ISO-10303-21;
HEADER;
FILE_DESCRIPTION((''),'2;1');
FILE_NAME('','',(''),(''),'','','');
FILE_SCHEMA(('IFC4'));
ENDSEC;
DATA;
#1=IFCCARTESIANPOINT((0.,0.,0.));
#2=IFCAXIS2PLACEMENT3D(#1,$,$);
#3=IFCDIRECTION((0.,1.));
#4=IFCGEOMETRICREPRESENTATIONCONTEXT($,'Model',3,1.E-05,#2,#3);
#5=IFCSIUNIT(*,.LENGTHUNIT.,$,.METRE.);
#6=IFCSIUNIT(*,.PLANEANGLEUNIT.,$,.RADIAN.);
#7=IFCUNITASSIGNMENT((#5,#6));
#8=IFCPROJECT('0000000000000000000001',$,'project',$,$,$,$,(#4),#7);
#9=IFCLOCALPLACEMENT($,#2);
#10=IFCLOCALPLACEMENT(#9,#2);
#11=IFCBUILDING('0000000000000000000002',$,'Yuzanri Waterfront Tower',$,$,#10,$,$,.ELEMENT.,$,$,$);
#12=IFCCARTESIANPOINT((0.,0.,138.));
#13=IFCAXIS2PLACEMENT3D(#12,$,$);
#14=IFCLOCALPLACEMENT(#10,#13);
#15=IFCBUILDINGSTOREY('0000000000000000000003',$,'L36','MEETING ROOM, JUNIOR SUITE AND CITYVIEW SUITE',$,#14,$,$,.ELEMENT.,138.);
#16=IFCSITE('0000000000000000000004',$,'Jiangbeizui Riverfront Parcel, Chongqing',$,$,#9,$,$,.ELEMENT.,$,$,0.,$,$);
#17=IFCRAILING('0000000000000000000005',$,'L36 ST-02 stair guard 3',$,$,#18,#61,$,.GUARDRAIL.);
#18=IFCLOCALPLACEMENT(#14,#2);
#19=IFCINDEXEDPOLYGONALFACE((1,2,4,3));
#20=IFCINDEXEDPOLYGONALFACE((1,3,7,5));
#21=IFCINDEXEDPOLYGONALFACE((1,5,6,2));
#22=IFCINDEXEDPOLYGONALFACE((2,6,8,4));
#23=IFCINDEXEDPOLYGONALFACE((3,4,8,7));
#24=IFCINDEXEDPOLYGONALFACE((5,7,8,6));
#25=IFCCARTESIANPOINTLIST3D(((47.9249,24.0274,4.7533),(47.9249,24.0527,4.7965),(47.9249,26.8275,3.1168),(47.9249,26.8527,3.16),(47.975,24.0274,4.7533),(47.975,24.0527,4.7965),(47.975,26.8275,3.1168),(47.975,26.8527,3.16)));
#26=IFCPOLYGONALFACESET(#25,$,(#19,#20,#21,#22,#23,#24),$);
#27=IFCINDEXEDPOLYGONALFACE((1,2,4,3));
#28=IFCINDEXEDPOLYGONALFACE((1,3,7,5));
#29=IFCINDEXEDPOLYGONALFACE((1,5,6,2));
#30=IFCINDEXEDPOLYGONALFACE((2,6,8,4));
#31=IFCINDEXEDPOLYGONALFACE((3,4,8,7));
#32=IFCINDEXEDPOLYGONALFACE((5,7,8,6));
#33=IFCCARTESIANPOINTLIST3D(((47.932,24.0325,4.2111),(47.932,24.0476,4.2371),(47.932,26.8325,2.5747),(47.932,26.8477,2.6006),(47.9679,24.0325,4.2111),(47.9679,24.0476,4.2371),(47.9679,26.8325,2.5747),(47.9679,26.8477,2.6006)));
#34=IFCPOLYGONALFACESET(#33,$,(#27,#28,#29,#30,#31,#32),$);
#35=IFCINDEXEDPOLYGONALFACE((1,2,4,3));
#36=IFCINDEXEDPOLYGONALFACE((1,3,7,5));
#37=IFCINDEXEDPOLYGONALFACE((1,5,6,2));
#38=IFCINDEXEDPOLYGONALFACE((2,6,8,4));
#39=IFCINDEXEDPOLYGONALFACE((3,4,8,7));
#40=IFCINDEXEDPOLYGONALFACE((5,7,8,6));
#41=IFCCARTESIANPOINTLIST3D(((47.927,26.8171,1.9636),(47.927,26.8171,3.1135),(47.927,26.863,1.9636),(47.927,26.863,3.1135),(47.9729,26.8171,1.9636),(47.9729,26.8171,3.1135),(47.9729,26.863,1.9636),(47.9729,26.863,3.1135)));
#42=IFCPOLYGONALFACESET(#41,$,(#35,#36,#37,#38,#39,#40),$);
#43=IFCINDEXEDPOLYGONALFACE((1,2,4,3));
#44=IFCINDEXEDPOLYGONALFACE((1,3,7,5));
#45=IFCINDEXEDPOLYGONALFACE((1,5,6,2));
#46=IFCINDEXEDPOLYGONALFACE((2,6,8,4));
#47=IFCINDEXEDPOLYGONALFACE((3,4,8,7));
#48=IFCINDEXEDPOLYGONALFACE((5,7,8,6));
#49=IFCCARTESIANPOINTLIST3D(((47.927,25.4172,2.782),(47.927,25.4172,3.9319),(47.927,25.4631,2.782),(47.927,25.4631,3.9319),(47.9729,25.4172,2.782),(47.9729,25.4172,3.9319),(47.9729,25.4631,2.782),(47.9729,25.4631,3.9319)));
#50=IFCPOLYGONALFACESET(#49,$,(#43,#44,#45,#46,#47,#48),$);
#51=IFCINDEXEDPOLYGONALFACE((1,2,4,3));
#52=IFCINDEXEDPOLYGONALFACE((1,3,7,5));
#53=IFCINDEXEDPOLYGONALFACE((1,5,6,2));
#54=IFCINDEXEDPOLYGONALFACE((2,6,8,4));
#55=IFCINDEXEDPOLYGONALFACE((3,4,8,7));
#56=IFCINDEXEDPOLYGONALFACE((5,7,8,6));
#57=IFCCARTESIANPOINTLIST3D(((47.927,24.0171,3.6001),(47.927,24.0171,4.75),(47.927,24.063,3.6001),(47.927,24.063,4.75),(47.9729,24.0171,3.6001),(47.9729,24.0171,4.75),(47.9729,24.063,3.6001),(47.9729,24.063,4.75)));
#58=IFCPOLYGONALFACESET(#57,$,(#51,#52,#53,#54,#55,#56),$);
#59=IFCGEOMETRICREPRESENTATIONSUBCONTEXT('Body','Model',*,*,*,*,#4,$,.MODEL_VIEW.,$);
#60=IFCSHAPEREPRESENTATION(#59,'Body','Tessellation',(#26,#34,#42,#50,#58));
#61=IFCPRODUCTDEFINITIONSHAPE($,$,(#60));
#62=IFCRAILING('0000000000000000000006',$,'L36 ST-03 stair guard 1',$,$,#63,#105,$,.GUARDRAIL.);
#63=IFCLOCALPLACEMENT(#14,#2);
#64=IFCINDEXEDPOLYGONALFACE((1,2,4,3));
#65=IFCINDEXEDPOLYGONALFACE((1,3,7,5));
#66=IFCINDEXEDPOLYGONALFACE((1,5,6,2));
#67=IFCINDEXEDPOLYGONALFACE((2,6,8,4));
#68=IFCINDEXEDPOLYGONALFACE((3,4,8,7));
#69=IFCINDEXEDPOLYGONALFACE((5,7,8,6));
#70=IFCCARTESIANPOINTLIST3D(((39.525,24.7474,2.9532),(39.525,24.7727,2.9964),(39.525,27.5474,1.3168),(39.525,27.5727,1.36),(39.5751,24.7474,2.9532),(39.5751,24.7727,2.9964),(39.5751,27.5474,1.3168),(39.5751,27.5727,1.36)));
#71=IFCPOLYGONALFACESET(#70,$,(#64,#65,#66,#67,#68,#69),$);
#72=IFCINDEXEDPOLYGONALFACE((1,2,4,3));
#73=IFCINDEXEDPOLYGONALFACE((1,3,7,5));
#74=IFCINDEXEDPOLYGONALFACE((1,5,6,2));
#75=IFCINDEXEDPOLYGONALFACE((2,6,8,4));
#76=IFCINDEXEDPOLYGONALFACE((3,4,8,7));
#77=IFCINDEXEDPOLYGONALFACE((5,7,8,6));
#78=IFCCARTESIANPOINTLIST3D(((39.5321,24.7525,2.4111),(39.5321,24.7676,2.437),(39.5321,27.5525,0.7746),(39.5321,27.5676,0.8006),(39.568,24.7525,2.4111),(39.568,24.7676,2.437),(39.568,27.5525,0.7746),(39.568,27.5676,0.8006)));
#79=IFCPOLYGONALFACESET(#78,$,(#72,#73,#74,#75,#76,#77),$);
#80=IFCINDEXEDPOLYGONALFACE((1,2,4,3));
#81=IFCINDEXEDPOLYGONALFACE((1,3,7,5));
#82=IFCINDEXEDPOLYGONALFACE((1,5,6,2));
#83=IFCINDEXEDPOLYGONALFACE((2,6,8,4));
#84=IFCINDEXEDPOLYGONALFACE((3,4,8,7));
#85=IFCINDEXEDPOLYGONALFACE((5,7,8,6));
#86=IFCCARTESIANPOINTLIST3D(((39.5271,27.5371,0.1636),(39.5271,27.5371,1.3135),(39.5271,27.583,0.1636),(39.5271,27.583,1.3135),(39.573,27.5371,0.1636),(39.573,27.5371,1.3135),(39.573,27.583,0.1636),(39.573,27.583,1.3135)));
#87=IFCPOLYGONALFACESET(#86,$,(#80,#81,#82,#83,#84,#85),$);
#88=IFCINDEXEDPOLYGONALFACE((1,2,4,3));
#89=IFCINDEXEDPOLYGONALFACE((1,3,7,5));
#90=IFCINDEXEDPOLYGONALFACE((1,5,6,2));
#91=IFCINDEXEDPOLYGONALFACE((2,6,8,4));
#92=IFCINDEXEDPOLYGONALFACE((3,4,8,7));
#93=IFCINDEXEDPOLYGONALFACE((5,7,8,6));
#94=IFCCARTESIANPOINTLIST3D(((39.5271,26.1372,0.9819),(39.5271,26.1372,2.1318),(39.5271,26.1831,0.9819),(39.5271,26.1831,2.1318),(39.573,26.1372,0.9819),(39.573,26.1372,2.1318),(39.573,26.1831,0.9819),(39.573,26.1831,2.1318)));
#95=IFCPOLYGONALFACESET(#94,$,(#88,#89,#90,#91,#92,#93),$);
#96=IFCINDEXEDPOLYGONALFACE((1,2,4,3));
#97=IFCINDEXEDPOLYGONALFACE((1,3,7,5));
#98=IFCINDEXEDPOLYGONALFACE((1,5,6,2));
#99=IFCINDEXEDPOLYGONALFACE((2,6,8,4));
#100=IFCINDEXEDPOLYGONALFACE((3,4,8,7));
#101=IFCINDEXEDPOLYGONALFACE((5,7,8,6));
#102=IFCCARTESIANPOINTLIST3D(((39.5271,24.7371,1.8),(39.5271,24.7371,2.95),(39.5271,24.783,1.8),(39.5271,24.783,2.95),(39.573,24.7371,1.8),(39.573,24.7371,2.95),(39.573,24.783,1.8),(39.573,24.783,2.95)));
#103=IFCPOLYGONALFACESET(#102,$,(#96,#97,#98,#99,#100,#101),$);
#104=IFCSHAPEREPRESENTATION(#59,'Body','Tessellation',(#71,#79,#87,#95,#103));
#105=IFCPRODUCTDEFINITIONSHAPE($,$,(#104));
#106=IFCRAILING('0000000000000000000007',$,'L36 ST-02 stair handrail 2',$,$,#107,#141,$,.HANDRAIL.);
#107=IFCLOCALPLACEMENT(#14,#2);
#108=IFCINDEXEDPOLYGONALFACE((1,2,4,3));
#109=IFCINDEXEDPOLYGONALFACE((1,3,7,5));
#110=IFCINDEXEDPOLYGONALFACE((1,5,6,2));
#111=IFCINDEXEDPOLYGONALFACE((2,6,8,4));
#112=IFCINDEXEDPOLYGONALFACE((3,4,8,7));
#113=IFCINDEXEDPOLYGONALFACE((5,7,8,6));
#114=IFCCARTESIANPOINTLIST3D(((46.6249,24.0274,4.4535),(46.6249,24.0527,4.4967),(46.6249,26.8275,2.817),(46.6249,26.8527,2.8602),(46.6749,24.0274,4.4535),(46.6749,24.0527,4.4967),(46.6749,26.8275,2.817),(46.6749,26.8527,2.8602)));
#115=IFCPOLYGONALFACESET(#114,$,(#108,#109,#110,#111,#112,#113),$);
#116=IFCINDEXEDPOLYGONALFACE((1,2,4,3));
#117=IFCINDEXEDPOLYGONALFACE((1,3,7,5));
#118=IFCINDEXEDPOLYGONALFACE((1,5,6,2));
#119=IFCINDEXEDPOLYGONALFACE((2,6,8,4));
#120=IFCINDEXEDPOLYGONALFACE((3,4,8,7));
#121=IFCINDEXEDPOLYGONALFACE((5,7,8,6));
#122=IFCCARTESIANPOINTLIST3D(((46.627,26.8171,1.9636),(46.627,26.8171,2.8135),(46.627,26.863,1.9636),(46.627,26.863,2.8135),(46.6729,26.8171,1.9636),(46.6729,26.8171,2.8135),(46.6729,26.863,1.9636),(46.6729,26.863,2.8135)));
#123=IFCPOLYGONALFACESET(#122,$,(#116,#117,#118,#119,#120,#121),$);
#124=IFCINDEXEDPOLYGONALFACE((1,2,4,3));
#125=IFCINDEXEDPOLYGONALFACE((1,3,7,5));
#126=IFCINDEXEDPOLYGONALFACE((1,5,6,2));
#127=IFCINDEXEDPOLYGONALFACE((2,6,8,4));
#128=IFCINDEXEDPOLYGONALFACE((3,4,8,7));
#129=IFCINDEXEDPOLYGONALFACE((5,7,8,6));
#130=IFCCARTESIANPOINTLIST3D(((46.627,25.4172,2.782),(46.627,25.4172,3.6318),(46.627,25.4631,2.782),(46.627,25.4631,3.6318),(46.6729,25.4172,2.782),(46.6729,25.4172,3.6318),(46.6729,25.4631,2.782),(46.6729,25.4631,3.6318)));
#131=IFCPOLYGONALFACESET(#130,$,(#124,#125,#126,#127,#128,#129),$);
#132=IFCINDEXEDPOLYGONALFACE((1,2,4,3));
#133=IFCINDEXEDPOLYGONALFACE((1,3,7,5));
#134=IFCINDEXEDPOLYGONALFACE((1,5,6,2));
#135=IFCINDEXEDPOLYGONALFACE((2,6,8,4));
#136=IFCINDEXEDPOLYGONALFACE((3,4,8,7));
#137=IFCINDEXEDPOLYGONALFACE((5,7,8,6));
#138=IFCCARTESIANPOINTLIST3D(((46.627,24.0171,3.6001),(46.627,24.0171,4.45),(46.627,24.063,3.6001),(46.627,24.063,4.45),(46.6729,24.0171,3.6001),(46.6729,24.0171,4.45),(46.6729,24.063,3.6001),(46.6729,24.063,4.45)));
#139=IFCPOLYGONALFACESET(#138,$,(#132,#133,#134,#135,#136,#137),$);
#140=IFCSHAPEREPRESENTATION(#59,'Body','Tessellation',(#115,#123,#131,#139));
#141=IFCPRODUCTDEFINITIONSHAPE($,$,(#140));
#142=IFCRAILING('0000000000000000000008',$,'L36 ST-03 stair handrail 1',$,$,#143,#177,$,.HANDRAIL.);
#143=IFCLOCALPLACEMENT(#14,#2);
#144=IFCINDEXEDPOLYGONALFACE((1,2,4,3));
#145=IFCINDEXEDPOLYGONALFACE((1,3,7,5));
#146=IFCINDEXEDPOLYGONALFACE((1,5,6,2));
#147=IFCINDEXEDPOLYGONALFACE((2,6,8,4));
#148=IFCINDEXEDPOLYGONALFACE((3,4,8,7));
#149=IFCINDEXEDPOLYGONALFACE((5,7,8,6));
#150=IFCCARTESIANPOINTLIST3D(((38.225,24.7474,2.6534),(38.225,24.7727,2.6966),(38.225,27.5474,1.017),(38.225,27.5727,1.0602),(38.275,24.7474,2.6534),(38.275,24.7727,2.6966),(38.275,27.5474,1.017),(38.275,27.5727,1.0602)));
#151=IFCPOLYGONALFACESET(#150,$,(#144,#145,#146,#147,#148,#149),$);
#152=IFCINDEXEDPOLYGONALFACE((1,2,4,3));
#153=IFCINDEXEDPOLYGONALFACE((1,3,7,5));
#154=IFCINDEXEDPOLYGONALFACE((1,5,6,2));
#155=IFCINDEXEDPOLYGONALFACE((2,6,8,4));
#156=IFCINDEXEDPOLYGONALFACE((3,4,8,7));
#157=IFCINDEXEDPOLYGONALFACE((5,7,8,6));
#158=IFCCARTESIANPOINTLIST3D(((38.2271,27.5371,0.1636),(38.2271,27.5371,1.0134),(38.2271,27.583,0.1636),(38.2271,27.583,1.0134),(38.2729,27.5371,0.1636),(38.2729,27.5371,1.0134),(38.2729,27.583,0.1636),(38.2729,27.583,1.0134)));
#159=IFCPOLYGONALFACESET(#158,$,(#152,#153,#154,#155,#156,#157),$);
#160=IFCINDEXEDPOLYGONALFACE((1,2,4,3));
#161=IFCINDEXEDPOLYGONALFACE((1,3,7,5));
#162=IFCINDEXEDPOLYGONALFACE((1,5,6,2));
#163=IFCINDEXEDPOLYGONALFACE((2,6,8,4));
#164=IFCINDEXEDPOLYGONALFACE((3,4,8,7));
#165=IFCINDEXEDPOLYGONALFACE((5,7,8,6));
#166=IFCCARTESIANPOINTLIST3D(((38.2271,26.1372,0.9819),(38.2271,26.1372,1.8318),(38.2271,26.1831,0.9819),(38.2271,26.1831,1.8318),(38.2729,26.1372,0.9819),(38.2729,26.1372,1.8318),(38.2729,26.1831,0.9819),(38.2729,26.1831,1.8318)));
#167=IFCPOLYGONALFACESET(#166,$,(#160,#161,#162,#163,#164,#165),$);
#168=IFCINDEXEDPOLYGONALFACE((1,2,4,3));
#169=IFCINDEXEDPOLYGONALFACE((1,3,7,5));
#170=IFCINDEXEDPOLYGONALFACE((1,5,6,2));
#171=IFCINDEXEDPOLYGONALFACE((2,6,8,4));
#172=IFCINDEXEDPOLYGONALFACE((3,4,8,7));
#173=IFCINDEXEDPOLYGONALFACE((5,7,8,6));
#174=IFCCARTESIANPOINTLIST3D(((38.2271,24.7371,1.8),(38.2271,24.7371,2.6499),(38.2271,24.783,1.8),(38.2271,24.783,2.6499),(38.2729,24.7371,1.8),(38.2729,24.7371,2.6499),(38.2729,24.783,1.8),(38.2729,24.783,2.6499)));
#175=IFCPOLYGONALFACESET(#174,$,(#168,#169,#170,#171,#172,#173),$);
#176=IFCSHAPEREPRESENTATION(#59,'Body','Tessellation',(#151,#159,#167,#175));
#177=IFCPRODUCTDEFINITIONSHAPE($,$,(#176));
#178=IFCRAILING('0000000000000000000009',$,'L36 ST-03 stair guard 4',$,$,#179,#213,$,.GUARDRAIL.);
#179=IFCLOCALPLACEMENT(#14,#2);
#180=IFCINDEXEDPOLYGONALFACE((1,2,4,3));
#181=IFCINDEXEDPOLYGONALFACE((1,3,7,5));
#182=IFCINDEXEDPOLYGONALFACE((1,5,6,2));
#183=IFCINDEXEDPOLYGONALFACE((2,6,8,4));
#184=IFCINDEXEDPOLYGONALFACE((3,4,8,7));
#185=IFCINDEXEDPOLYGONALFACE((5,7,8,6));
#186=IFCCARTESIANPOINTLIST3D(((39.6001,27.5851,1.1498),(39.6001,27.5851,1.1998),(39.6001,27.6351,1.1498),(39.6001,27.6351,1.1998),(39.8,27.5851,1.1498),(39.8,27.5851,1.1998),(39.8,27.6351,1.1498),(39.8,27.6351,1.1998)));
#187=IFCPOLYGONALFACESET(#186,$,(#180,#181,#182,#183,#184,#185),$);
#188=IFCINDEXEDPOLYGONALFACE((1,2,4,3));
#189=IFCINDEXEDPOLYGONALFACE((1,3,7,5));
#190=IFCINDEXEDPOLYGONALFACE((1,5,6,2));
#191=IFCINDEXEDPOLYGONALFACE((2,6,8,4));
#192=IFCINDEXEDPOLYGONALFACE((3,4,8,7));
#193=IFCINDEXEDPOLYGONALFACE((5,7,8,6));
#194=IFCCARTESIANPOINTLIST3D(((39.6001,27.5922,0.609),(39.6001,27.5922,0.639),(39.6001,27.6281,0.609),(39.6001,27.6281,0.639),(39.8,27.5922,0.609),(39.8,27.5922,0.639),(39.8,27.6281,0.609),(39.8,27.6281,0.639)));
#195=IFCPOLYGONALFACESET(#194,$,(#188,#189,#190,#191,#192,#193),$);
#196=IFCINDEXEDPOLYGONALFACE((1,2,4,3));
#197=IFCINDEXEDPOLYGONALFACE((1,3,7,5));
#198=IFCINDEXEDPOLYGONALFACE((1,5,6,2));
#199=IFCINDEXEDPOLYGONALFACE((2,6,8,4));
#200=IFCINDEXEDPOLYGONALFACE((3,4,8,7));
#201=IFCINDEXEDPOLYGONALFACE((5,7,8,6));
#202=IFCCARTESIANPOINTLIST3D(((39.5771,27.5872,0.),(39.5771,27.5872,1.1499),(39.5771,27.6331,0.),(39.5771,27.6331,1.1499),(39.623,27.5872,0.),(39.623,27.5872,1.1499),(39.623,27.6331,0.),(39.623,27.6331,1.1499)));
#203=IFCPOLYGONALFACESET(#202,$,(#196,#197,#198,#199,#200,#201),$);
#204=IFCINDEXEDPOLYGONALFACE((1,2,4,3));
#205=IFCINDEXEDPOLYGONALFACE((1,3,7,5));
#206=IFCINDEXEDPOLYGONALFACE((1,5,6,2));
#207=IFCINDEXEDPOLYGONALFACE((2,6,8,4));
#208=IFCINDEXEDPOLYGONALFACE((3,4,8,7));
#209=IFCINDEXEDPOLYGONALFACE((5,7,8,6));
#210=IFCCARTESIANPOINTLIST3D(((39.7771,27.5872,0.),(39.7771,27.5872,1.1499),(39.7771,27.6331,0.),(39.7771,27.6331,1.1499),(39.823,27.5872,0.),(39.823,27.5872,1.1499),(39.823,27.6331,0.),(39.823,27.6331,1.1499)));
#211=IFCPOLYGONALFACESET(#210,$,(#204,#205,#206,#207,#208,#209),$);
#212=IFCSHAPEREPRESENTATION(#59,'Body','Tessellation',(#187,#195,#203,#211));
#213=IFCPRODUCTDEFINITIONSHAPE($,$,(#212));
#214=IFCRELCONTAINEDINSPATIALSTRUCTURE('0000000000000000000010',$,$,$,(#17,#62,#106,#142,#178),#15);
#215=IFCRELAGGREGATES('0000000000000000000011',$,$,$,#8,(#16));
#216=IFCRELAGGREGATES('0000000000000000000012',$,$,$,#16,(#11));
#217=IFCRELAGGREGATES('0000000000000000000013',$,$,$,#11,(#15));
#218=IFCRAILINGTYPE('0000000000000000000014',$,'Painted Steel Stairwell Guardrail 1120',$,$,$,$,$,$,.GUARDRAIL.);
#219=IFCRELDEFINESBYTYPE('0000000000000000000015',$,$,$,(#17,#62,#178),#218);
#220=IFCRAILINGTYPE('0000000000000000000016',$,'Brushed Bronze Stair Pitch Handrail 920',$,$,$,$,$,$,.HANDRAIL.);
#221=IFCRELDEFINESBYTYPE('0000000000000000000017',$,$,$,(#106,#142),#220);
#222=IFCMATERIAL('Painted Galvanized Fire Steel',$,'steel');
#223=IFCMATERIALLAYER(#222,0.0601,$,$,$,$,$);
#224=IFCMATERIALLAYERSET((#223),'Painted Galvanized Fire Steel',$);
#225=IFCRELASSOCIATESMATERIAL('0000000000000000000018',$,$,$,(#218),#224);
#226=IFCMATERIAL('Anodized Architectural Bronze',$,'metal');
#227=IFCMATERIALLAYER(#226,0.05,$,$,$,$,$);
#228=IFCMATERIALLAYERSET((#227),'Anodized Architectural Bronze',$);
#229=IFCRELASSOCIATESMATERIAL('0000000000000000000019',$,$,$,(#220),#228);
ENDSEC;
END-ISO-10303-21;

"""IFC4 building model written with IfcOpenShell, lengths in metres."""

from ifc_helpers import new_model, si_unit, direction, frame, origin, origin_2d, place, context, subcontext, project, spatial, rectangle, extrude, source, transform, mapped, material, layer, layer_set, type_object, element, save


model = new_model("IFC4")

# Units and contexts
model_context = context("Model", 3, precision=1e-05, world=origin(), true_north=direction((0.0, 1.0)))
body_context = subcontext(model_context, "Body", "Model", "MODEL_VIEW")
ifc_project = project(units=[si_unit("LENGTHUNIT", "METRE"), si_unit("PLANEANGLEUNIT", "RADIAN")], contexts=[model_context])

# Site, building, storey
site_placement = place(None, origin())
site = spatial("IfcSite", under=ifc_project, at=site_placement, Name="Jiangbeizui Riverfront Parcel, Chongqing", CompositionType="ELEMENT", RefElevation=0.0)
building_placement = place(site_placement, origin())
building = spatial("IfcBuilding", under=site, at=building_placement, Name="Yuzanri Waterfront Tower", CompositionType="ELEMENT")
storey_placement = place(building_placement, frame((0.0, 0.0, 138.0)))
storey = spatial("IfcBuildingStorey", under=building, at=storey_placement, Name="L36", Description="MEETING ROOM, JUNIOR SUITE AND CITYVIEW SUITE", CompositionType="ELEMENT", Elevation=138.0)

# Railings
ifc_material_1 = material(Name="Painted Galvanized Fire Steel", Category="steel")
ifc_layer_1 = layer(ifc_material_1, 0.0601)
ifc_layer_set_1 = layer_set([ifc_layer_1], Name="Painted Galvanized Fire Steel")
railing_type_1 = type_object("IfcRailingType", Name="Painted Steel Stairwell Guardrail 1120", PredefinedType="GUARDRAIL", material=ifc_layer_set_1)
shared_shape_1 = source(origin(), body_context, "Body", "SweptSolid", [
    extrude(rectangle(XDim=0.05, YDim=0.05, at=origin_2d()), frame((0.0, 0.0, 1.1748), z_axis=(0.0, -0.863361, 0.504587), x_axis=(1.0, 0.0, 0.0)), (0.0, 0.0, 1.0), 3.2432),
    extrude(rectangle(XDim=0.0359, YDim=0.03, at=origin_2d()), frame((0.0, 0.0, 0.624), z_axis=(0.0, -0.863361, 0.504587), x_axis=(1.0, 0.0, 0.0)), (0.0, 0.0, 1.0), 3.2432),
    extrude(rectangle(XDim=0.0459, YDim=0.0459, at=origin_2d()), origin(), (0.0, 0.0, 1.0), 1.1499),
    extrude(rectangle(XDim=0.0459, YDim=0.0459, at=origin_2d()), frame((0.0, -1.3999, 0.8184)), (0.0, 0.0, 1.0), 1.1499),
    extrude(rectangle(XDim=0.0459, YDim=0.0459, at=origin_2d()), frame((0.0, -2.8, 1.6365)), (0.0, 0.0, 1.0), 1.1499),
])
for number, where, name in (
    (1, (47.95, 26.8401, 1.9636), "L36 ST-02 stair guard 3"),
    (2, (39.55, 27.5601, 0.1636), "L36 ST-03 stair guard 1"),
):
    element("IfcRailing", number, at=place(storey_placement, frame(where)), inside=storey, type_object=railing_type_1, Name=name, PredefinedType="GUARDRAIL", context=body_context, shape_type="MappedRepresentation", body=[
        mapped(shared_shape_1, transform((0.0, 0.0, 0.0), scale=1.0)),
    ])
ifc_material_2 = material(Name="Anodized Architectural Bronze", Category="metal")
ifc_layer_2 = layer(ifc_material_2, 0.05)
ifc_layer_set_2 = layer_set([ifc_layer_2], Name="Anodized Architectural Bronze")
railing_type_2 = type_object("IfcRailingType", Name="Brushed Bronze Stair Pitch Handrail 920", PredefinedType="HANDRAIL", material=ifc_layer_set_2)
shared_shape_2 = source(origin(), body_context, "Body", "SweptSolid", [
    extrude(rectangle(XDim=0.05, YDim=0.05, at=origin_2d()), frame((0.0, 0.0, 0.875), z_axis=(0.0, -0.863361, 0.504587), x_axis=(1.0, 0.0, 0.0)), (0.0, 0.0, 1.0), 3.2432),
    extrude(rectangle(XDim=0.0459, YDim=0.0459, at=origin_2d()), origin(), (0.0, 0.0, 1.0), 0.8499),
    extrude(rectangle(XDim=0.0459, YDim=0.0459, at=origin_2d()), frame((0.0, -1.3999, 0.8184)), (0.0, 0.0, 1.0), 0.8499),
    extrude(rectangle(XDim=0.0459, YDim=0.0459, at=origin_2d()), frame((0.0, -2.8, 1.6365)), (0.0, 0.0, 1.0), 0.8499),
])
for number, where, name in (
    (3, (46.6499, 26.8401, 1.9636), "L36 ST-02 stair handrail 2"),
    (4, (38.25, 27.5601, 0.1636), "L36 ST-03 stair handrail 1"),
):
    element("IfcRailing", number, at=place(storey_placement, frame(where)), inside=storey, type_object=railing_type_2, Name=name, PredefinedType="HANDRAIL", context=body_context, shape_type="MappedRepresentation", body=[
        mapped(shared_shape_2, transform((0.0, 0.0, 0.0), scale=1.0)),
    ])
shared_shape_3 = source(origin(), body_context, "Body", "SweptSolid", [
    extrude(rectangle(XDim=0.05, YDim=0.05, at=origin_2d()), frame((0.0, 0.0, 1.1748), z_axis=(1.0, 0.0, 0.0), x_axis=(0.0, 1.0, 0.0)), (0.0, 0.0, 1.0), 0.2),
    extrude(rectangle(XDim=0.0359, YDim=0.03, at=origin_2d()), frame((0.0, 0.0, 0.624), z_axis=(1.0, 0.0, 0.0), x_axis=(0.0, 1.0, 0.0)), (0.0, 0.0, 1.0), 0.2),
    extrude(rectangle(XDim=0.0459, YDim=0.0459, at=origin_2d()), origin(), (0.0, 0.0, 1.0), 1.1499),
    extrude(rectangle(XDim=0.0459, YDim=0.0459, at=origin_2d()), frame((0.2, 0.0, 0.0)), (0.0, 0.0, 1.0), 1.1499),
])
railing_1_placement = place(storey_placement, frame((39.6001, 27.6101, 0.0)))
element("IfcRailing", 5, at=railing_1_placement, inside=storey, type_object=railing_type_1, Name="L36 ST-03 stair guard 4", PredefinedType="GUARDRAIL", context=body_context, shape_type="MappedRepresentation", body=[
    mapped(shared_shape_3, transform((0.0, 0.0, 0.0), scale=1.0)),
])

save(model, "model.ifc")
